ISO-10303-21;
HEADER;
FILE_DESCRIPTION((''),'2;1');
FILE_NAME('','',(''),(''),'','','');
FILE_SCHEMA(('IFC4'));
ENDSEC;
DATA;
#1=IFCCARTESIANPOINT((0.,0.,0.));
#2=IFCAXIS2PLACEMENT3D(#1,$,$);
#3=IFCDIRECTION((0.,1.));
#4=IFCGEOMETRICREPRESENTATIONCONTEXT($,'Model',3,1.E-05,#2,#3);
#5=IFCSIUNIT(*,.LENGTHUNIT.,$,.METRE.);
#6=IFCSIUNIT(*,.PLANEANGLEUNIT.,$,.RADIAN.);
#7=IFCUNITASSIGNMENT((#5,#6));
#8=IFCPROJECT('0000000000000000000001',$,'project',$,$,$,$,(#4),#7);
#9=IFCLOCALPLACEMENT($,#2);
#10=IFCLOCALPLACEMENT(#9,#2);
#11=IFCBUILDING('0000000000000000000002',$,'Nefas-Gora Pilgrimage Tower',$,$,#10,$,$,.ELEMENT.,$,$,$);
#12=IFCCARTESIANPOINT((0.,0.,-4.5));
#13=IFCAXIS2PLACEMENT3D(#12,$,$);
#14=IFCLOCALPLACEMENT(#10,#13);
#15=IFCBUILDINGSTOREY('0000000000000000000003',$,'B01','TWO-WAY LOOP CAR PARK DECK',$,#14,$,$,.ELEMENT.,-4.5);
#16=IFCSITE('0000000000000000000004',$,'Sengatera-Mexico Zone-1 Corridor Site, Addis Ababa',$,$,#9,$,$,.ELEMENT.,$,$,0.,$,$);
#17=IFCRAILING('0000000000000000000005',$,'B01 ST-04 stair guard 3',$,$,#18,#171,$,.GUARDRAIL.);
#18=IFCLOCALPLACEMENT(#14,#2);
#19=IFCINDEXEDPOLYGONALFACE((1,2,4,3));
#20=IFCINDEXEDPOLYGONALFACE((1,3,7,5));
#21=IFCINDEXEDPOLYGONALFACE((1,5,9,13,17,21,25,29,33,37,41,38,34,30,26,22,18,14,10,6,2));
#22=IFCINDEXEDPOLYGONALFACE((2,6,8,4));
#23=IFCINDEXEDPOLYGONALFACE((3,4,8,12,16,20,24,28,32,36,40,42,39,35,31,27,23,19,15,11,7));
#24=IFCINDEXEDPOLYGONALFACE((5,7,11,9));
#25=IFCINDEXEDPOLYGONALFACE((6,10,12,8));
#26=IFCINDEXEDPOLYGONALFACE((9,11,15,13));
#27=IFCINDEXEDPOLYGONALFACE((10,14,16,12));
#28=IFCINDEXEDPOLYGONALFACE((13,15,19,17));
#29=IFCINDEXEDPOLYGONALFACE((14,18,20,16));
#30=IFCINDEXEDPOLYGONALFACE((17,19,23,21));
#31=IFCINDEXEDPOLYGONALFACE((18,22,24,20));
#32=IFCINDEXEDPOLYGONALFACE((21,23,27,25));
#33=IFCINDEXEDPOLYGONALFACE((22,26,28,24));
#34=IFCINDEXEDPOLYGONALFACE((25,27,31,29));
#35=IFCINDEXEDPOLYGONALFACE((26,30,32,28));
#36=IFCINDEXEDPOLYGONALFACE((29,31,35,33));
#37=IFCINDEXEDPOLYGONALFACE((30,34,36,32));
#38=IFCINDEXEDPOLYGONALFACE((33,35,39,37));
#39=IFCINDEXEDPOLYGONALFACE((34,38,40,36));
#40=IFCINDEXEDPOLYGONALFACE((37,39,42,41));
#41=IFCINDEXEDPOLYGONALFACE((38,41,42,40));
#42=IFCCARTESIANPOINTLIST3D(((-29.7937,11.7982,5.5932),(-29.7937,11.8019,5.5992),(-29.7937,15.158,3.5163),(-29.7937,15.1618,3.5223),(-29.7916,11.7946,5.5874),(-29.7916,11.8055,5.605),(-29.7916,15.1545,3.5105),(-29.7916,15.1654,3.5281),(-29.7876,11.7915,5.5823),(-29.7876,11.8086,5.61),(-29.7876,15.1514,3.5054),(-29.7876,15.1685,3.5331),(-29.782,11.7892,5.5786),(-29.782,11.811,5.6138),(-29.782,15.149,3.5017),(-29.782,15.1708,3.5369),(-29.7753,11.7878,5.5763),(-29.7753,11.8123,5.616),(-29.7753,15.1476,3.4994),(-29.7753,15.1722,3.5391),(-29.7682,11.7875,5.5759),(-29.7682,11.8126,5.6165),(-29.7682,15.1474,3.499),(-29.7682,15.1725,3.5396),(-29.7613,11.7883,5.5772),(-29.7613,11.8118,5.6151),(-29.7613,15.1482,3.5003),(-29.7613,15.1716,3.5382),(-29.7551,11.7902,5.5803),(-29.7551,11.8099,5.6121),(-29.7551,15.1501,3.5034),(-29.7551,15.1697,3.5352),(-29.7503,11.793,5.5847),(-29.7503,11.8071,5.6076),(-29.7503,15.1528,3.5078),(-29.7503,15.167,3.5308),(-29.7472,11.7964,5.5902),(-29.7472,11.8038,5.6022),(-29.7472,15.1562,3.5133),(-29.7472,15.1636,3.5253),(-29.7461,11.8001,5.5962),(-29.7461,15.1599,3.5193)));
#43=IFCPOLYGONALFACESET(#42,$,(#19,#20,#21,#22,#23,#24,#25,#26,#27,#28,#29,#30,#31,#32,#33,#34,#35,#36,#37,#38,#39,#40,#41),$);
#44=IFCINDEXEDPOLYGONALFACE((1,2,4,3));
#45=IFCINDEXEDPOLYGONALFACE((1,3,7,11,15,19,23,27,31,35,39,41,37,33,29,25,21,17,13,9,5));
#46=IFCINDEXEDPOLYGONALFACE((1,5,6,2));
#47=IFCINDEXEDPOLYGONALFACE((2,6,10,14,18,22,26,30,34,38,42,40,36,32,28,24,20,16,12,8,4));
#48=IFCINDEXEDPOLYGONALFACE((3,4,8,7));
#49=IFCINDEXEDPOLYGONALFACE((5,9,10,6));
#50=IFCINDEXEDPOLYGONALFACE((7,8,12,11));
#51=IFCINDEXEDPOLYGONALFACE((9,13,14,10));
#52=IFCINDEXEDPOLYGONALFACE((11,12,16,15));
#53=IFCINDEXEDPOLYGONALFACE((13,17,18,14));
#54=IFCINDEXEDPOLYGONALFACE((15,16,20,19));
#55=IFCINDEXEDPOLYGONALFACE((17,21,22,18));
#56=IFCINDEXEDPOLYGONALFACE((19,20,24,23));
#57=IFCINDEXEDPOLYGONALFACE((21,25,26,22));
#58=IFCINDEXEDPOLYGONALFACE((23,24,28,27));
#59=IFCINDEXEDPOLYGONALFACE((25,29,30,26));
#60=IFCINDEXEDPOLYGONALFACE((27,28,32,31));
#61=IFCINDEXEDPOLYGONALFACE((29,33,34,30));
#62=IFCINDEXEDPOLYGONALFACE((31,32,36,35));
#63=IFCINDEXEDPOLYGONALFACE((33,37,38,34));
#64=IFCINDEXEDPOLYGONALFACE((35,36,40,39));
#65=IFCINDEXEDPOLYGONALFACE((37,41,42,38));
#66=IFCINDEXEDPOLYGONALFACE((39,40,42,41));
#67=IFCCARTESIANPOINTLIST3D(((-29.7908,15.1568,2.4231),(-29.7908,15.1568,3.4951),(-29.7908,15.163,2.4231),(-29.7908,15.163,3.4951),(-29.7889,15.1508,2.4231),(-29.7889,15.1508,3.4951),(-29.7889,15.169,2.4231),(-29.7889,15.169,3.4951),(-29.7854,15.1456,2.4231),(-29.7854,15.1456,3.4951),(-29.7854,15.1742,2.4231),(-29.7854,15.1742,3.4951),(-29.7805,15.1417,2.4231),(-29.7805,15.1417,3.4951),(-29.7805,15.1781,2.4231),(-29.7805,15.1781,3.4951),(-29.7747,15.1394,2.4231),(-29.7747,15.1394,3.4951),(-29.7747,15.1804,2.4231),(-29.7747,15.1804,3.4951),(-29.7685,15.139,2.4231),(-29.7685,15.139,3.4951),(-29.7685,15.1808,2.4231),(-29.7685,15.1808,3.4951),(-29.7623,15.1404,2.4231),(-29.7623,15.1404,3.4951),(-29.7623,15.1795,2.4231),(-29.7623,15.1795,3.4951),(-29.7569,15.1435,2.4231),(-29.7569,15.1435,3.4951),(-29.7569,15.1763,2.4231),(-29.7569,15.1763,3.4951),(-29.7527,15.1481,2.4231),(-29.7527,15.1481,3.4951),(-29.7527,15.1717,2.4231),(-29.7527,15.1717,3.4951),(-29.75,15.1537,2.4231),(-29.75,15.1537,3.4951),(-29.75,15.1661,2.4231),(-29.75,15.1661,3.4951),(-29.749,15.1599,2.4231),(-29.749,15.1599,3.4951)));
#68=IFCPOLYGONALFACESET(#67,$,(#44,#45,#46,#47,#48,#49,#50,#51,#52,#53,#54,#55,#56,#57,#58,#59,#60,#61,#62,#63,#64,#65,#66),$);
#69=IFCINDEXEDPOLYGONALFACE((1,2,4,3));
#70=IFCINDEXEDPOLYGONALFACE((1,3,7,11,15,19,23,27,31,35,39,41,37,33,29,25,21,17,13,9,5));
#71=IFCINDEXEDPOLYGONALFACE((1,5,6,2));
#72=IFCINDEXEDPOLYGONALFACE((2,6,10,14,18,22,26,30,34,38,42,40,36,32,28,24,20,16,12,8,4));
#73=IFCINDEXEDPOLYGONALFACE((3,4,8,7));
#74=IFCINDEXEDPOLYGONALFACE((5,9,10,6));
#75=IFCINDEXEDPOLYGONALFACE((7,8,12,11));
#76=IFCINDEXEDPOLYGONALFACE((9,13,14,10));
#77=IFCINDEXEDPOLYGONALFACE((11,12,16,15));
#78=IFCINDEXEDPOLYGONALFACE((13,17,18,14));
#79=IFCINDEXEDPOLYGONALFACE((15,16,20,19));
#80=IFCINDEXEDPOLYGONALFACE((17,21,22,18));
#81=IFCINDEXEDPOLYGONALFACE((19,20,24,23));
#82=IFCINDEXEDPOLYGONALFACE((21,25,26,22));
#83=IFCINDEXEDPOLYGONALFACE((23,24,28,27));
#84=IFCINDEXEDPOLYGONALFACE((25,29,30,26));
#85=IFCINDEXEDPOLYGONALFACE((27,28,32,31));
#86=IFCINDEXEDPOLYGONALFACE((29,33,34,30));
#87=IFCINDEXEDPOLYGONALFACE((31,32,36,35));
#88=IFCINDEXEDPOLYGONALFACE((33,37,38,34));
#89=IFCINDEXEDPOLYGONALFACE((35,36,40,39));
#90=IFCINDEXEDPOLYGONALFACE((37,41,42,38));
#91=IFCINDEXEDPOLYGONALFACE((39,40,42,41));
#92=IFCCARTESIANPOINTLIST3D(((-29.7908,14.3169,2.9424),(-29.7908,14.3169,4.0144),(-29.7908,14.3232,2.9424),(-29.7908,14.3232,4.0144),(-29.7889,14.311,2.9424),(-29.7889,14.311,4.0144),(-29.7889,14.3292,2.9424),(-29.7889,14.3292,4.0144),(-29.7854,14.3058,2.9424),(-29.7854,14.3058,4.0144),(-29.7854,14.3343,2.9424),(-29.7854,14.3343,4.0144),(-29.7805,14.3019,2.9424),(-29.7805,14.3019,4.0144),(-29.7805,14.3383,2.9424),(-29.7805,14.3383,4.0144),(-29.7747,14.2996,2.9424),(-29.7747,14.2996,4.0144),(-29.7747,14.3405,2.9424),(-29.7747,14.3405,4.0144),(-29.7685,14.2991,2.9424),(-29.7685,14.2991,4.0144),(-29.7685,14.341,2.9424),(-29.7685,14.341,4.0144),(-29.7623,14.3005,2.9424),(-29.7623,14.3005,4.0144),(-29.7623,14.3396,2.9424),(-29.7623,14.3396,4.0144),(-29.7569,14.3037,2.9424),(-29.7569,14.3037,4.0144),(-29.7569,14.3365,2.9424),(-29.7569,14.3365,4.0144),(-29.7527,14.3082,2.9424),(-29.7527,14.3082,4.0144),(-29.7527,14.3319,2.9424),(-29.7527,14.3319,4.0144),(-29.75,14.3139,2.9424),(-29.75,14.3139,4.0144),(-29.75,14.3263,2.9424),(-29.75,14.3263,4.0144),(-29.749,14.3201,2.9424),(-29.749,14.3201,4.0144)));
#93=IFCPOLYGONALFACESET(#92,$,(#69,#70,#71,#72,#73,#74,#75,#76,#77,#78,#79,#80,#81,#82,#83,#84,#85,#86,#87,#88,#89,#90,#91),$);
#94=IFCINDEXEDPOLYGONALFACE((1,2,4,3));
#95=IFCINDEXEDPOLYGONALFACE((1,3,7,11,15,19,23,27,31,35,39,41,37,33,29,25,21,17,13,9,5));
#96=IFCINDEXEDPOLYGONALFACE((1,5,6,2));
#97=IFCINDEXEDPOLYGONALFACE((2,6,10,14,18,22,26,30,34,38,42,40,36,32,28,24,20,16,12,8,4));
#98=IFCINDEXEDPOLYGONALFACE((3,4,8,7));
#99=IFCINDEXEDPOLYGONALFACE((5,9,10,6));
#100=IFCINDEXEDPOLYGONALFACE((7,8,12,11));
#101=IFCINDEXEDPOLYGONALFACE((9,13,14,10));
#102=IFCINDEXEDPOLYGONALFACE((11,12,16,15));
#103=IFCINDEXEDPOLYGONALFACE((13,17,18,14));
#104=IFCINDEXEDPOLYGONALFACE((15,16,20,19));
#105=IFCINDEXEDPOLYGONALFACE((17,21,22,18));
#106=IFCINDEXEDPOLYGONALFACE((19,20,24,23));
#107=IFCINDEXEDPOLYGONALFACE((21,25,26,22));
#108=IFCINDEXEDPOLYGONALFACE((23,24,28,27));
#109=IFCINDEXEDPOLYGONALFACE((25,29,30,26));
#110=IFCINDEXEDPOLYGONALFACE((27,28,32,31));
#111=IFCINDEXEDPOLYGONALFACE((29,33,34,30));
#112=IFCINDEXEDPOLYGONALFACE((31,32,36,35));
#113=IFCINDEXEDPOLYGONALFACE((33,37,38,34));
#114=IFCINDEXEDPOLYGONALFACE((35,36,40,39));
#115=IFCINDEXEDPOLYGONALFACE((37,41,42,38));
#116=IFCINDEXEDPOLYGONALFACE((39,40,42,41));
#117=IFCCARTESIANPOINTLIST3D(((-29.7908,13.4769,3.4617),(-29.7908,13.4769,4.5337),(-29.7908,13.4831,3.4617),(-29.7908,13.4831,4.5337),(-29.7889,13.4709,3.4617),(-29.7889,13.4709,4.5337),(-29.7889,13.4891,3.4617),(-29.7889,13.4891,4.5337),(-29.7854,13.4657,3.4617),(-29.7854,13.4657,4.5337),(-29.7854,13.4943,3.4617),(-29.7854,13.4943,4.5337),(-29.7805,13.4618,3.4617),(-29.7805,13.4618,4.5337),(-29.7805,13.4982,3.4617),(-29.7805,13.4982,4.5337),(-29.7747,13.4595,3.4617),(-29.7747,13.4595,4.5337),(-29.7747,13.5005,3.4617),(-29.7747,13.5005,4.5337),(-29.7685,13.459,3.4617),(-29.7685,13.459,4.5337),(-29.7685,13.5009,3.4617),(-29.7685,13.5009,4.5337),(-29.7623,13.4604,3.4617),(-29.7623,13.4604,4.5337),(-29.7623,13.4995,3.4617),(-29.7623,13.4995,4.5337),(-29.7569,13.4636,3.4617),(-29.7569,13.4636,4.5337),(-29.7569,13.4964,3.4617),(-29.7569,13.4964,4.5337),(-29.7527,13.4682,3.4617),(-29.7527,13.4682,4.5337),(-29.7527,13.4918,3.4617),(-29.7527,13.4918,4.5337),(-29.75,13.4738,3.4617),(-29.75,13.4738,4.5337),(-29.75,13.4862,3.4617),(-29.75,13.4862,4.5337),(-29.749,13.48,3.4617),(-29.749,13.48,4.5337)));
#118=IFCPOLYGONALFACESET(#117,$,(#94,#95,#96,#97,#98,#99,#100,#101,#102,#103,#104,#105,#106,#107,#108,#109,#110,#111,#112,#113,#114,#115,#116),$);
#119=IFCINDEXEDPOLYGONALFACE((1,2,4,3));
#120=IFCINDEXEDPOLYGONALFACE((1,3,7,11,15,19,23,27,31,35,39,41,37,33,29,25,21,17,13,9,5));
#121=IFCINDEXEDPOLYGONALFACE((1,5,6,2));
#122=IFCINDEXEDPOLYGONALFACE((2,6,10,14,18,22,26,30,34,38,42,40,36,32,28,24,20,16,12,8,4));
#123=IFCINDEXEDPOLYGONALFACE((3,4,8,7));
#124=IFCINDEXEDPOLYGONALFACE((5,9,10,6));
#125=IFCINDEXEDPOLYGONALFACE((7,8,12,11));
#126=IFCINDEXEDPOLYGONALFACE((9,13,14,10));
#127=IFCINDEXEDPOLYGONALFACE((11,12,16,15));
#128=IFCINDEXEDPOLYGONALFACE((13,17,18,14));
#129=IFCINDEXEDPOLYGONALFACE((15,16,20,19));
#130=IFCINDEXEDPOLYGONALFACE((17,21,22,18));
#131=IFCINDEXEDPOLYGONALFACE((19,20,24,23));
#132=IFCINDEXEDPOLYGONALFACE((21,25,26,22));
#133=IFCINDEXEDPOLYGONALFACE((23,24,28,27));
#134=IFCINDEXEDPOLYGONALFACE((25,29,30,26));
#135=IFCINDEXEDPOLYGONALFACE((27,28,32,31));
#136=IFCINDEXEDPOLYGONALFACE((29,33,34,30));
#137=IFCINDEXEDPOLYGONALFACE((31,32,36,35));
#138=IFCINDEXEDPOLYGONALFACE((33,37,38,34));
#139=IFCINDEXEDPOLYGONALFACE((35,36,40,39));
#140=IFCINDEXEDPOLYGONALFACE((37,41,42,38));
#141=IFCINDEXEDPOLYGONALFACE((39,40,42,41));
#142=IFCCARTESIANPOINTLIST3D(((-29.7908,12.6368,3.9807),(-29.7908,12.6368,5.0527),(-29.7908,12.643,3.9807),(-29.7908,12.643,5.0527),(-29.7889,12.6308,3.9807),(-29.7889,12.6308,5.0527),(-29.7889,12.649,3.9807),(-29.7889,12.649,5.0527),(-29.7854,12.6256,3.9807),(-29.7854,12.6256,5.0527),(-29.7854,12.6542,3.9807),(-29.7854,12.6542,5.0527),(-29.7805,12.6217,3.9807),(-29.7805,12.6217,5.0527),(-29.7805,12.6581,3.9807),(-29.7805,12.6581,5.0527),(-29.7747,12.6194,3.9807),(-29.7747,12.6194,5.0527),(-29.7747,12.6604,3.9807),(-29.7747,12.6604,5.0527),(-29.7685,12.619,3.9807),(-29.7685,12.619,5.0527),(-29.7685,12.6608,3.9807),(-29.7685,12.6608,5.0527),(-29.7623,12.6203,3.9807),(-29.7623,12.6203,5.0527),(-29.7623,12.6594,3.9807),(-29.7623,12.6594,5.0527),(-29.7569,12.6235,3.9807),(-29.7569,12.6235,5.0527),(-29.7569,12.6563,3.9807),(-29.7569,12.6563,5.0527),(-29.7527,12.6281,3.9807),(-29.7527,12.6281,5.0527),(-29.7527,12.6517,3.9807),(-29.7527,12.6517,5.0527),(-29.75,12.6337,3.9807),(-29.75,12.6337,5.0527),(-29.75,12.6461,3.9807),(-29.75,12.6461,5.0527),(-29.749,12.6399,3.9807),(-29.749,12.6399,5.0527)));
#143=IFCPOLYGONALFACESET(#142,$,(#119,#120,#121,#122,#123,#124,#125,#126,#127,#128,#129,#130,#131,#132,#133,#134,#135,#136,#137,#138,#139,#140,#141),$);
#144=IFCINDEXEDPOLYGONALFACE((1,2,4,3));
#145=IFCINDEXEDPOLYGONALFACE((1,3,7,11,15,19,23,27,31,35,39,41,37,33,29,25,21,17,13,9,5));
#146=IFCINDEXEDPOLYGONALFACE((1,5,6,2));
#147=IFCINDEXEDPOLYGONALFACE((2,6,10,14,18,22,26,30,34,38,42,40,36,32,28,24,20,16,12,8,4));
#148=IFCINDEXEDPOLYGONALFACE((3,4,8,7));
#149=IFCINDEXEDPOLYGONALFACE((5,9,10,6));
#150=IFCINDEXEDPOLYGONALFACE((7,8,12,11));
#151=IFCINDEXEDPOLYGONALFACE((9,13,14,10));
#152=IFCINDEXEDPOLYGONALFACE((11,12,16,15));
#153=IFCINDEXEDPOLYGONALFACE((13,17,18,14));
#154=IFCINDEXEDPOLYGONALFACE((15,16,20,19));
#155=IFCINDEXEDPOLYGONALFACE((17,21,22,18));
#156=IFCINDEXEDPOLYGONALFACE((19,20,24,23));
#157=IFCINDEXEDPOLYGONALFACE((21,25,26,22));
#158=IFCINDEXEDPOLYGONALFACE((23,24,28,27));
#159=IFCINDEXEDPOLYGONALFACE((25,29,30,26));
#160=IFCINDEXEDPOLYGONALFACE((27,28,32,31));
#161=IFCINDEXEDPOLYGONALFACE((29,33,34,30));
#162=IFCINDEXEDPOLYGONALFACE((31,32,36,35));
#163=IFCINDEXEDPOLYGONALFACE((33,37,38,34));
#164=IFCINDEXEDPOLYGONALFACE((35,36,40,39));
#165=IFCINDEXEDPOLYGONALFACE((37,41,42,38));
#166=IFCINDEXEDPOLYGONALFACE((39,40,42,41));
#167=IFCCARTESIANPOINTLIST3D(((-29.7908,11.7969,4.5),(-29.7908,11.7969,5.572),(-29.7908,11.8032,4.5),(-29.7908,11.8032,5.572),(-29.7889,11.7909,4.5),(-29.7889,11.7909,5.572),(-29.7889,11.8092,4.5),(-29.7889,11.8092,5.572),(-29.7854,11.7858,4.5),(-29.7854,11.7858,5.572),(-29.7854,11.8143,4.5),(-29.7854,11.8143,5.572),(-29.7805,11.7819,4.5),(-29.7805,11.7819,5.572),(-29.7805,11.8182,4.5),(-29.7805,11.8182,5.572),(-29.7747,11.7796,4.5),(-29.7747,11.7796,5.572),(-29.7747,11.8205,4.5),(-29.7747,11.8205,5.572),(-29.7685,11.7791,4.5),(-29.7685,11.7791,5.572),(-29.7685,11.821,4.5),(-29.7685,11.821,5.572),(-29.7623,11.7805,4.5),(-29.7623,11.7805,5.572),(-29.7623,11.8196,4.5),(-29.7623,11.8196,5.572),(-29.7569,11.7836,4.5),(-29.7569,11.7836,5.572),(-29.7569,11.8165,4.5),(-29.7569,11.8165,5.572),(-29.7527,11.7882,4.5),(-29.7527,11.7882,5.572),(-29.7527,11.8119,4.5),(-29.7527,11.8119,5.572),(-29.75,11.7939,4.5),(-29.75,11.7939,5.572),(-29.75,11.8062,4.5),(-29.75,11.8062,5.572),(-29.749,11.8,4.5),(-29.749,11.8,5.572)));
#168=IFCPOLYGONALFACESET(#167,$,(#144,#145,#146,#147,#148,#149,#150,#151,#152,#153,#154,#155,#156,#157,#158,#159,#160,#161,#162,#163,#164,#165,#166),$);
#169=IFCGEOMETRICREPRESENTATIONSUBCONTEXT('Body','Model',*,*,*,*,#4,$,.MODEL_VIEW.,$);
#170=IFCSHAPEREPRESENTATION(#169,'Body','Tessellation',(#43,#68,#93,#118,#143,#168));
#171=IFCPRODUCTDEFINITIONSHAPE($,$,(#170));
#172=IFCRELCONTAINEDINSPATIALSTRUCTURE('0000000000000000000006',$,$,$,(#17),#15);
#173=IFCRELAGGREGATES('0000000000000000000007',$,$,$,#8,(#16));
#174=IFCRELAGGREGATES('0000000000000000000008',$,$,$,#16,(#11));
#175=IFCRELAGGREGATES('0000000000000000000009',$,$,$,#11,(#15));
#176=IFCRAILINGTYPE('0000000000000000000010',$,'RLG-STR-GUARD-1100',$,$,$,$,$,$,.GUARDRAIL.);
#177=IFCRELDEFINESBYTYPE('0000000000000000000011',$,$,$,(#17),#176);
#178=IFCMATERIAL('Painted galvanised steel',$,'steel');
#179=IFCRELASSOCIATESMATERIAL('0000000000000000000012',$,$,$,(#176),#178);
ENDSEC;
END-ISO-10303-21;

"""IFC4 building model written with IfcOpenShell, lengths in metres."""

from ifc_helpers import new_model, si_unit, direction, frame, origin, origin_2d, place, context, subcontext, project, spatial, circle, extrude, material, type_object, element, save


model = new_model("IFC4")

# Units and contexts
model_context = context("Model", 3, precision=1e-05, world=origin(), true_north=direction((0.0, 1.0)))
body_context = subcontext(model_context, "Body", "Model", "MODEL_VIEW")
ifc_project = project(units=[si_unit("LENGTHUNIT", "METRE"), si_unit("PLANEANGLEUNIT", "RADIAN")], contexts=[model_context])

# Site, building, storey
site_placement = place(None, origin())
site = spatial("IfcSite", under=ifc_project, at=site_placement, Name="Sengatera-Mexico Zone-1 Corridor Site, Addis Ababa", CompositionType="ELEMENT", RefElevation=0.0)
building_placement = place(site_placement, origin())
building = spatial("IfcBuilding", under=site, at=building_placement, Name="Nefas-Gora Pilgrimage Tower", CompositionType="ELEMENT")
storey_placement = place(building_placement, frame((0.0, 0.0, -4.5)))
storey = spatial("IfcBuildingStorey", under=building, at=storey_placement, Name="B01", Description="TWO-WAY LOOP CAR PARK DECK", CompositionType="ELEMENT", Elevation=-4.5)

# Railing
ifc_material_1 = material(Name="Painted galvanised steel", Category="steel")
railing_type_1 = type_object("IfcRailingType", Name="RLG-STR-GUARD-1100", PredefinedType="GUARDRAIL", material=ifc_material_1)
railing_1_placement = place(storey_placement, frame((-29.77, 15.1599, 2.4231)))
element("IfcRailing", 1, at=railing_1_placement, inside=storey, type_object=railing_type_1, Name="B01 ST-04 stair guard 3", PredefinedType="GUARDRAIL", context=body_context, shape_type="SweptSolid", body=[
    extrude(circle(Radius=0.0239, at=origin_2d()), frame((0.0, 0.0, 1.0962), z_axis=(0.0, -0.850606, 0.525803), x_axis=(1.0, 0.0, 0.0)), (0.0, 0.0, 1.0), 3.95),
    extrude(circle(Radius=0.021, at=origin_2d()), origin(), (0.0, 0.0, 1.0), 1.072),
    extrude(circle(Radius=0.021, at=origin_2d()), frame((0.0, -0.8398, 0.5193)), (0.0, 0.0, 1.0), 1.072),
    extrude(circle(Radius=0.021, at=origin_2d()), frame((0.0, -1.6799, 1.0386)), (0.0, 0.0, 1.0), 1.072),
    extrude(circle(Radius=0.021, at=origin_2d()), frame((0.0, -2.52, 1.5576)), (0.0, 0.0, 1.0), 1.072),
    extrude(circle(Radius=0.021, at=origin_2d()), frame((0.0, -3.3599, 2.0769)), (0.0, 0.0, 1.0), 1.072),
])

save(model, "model.ifc")
